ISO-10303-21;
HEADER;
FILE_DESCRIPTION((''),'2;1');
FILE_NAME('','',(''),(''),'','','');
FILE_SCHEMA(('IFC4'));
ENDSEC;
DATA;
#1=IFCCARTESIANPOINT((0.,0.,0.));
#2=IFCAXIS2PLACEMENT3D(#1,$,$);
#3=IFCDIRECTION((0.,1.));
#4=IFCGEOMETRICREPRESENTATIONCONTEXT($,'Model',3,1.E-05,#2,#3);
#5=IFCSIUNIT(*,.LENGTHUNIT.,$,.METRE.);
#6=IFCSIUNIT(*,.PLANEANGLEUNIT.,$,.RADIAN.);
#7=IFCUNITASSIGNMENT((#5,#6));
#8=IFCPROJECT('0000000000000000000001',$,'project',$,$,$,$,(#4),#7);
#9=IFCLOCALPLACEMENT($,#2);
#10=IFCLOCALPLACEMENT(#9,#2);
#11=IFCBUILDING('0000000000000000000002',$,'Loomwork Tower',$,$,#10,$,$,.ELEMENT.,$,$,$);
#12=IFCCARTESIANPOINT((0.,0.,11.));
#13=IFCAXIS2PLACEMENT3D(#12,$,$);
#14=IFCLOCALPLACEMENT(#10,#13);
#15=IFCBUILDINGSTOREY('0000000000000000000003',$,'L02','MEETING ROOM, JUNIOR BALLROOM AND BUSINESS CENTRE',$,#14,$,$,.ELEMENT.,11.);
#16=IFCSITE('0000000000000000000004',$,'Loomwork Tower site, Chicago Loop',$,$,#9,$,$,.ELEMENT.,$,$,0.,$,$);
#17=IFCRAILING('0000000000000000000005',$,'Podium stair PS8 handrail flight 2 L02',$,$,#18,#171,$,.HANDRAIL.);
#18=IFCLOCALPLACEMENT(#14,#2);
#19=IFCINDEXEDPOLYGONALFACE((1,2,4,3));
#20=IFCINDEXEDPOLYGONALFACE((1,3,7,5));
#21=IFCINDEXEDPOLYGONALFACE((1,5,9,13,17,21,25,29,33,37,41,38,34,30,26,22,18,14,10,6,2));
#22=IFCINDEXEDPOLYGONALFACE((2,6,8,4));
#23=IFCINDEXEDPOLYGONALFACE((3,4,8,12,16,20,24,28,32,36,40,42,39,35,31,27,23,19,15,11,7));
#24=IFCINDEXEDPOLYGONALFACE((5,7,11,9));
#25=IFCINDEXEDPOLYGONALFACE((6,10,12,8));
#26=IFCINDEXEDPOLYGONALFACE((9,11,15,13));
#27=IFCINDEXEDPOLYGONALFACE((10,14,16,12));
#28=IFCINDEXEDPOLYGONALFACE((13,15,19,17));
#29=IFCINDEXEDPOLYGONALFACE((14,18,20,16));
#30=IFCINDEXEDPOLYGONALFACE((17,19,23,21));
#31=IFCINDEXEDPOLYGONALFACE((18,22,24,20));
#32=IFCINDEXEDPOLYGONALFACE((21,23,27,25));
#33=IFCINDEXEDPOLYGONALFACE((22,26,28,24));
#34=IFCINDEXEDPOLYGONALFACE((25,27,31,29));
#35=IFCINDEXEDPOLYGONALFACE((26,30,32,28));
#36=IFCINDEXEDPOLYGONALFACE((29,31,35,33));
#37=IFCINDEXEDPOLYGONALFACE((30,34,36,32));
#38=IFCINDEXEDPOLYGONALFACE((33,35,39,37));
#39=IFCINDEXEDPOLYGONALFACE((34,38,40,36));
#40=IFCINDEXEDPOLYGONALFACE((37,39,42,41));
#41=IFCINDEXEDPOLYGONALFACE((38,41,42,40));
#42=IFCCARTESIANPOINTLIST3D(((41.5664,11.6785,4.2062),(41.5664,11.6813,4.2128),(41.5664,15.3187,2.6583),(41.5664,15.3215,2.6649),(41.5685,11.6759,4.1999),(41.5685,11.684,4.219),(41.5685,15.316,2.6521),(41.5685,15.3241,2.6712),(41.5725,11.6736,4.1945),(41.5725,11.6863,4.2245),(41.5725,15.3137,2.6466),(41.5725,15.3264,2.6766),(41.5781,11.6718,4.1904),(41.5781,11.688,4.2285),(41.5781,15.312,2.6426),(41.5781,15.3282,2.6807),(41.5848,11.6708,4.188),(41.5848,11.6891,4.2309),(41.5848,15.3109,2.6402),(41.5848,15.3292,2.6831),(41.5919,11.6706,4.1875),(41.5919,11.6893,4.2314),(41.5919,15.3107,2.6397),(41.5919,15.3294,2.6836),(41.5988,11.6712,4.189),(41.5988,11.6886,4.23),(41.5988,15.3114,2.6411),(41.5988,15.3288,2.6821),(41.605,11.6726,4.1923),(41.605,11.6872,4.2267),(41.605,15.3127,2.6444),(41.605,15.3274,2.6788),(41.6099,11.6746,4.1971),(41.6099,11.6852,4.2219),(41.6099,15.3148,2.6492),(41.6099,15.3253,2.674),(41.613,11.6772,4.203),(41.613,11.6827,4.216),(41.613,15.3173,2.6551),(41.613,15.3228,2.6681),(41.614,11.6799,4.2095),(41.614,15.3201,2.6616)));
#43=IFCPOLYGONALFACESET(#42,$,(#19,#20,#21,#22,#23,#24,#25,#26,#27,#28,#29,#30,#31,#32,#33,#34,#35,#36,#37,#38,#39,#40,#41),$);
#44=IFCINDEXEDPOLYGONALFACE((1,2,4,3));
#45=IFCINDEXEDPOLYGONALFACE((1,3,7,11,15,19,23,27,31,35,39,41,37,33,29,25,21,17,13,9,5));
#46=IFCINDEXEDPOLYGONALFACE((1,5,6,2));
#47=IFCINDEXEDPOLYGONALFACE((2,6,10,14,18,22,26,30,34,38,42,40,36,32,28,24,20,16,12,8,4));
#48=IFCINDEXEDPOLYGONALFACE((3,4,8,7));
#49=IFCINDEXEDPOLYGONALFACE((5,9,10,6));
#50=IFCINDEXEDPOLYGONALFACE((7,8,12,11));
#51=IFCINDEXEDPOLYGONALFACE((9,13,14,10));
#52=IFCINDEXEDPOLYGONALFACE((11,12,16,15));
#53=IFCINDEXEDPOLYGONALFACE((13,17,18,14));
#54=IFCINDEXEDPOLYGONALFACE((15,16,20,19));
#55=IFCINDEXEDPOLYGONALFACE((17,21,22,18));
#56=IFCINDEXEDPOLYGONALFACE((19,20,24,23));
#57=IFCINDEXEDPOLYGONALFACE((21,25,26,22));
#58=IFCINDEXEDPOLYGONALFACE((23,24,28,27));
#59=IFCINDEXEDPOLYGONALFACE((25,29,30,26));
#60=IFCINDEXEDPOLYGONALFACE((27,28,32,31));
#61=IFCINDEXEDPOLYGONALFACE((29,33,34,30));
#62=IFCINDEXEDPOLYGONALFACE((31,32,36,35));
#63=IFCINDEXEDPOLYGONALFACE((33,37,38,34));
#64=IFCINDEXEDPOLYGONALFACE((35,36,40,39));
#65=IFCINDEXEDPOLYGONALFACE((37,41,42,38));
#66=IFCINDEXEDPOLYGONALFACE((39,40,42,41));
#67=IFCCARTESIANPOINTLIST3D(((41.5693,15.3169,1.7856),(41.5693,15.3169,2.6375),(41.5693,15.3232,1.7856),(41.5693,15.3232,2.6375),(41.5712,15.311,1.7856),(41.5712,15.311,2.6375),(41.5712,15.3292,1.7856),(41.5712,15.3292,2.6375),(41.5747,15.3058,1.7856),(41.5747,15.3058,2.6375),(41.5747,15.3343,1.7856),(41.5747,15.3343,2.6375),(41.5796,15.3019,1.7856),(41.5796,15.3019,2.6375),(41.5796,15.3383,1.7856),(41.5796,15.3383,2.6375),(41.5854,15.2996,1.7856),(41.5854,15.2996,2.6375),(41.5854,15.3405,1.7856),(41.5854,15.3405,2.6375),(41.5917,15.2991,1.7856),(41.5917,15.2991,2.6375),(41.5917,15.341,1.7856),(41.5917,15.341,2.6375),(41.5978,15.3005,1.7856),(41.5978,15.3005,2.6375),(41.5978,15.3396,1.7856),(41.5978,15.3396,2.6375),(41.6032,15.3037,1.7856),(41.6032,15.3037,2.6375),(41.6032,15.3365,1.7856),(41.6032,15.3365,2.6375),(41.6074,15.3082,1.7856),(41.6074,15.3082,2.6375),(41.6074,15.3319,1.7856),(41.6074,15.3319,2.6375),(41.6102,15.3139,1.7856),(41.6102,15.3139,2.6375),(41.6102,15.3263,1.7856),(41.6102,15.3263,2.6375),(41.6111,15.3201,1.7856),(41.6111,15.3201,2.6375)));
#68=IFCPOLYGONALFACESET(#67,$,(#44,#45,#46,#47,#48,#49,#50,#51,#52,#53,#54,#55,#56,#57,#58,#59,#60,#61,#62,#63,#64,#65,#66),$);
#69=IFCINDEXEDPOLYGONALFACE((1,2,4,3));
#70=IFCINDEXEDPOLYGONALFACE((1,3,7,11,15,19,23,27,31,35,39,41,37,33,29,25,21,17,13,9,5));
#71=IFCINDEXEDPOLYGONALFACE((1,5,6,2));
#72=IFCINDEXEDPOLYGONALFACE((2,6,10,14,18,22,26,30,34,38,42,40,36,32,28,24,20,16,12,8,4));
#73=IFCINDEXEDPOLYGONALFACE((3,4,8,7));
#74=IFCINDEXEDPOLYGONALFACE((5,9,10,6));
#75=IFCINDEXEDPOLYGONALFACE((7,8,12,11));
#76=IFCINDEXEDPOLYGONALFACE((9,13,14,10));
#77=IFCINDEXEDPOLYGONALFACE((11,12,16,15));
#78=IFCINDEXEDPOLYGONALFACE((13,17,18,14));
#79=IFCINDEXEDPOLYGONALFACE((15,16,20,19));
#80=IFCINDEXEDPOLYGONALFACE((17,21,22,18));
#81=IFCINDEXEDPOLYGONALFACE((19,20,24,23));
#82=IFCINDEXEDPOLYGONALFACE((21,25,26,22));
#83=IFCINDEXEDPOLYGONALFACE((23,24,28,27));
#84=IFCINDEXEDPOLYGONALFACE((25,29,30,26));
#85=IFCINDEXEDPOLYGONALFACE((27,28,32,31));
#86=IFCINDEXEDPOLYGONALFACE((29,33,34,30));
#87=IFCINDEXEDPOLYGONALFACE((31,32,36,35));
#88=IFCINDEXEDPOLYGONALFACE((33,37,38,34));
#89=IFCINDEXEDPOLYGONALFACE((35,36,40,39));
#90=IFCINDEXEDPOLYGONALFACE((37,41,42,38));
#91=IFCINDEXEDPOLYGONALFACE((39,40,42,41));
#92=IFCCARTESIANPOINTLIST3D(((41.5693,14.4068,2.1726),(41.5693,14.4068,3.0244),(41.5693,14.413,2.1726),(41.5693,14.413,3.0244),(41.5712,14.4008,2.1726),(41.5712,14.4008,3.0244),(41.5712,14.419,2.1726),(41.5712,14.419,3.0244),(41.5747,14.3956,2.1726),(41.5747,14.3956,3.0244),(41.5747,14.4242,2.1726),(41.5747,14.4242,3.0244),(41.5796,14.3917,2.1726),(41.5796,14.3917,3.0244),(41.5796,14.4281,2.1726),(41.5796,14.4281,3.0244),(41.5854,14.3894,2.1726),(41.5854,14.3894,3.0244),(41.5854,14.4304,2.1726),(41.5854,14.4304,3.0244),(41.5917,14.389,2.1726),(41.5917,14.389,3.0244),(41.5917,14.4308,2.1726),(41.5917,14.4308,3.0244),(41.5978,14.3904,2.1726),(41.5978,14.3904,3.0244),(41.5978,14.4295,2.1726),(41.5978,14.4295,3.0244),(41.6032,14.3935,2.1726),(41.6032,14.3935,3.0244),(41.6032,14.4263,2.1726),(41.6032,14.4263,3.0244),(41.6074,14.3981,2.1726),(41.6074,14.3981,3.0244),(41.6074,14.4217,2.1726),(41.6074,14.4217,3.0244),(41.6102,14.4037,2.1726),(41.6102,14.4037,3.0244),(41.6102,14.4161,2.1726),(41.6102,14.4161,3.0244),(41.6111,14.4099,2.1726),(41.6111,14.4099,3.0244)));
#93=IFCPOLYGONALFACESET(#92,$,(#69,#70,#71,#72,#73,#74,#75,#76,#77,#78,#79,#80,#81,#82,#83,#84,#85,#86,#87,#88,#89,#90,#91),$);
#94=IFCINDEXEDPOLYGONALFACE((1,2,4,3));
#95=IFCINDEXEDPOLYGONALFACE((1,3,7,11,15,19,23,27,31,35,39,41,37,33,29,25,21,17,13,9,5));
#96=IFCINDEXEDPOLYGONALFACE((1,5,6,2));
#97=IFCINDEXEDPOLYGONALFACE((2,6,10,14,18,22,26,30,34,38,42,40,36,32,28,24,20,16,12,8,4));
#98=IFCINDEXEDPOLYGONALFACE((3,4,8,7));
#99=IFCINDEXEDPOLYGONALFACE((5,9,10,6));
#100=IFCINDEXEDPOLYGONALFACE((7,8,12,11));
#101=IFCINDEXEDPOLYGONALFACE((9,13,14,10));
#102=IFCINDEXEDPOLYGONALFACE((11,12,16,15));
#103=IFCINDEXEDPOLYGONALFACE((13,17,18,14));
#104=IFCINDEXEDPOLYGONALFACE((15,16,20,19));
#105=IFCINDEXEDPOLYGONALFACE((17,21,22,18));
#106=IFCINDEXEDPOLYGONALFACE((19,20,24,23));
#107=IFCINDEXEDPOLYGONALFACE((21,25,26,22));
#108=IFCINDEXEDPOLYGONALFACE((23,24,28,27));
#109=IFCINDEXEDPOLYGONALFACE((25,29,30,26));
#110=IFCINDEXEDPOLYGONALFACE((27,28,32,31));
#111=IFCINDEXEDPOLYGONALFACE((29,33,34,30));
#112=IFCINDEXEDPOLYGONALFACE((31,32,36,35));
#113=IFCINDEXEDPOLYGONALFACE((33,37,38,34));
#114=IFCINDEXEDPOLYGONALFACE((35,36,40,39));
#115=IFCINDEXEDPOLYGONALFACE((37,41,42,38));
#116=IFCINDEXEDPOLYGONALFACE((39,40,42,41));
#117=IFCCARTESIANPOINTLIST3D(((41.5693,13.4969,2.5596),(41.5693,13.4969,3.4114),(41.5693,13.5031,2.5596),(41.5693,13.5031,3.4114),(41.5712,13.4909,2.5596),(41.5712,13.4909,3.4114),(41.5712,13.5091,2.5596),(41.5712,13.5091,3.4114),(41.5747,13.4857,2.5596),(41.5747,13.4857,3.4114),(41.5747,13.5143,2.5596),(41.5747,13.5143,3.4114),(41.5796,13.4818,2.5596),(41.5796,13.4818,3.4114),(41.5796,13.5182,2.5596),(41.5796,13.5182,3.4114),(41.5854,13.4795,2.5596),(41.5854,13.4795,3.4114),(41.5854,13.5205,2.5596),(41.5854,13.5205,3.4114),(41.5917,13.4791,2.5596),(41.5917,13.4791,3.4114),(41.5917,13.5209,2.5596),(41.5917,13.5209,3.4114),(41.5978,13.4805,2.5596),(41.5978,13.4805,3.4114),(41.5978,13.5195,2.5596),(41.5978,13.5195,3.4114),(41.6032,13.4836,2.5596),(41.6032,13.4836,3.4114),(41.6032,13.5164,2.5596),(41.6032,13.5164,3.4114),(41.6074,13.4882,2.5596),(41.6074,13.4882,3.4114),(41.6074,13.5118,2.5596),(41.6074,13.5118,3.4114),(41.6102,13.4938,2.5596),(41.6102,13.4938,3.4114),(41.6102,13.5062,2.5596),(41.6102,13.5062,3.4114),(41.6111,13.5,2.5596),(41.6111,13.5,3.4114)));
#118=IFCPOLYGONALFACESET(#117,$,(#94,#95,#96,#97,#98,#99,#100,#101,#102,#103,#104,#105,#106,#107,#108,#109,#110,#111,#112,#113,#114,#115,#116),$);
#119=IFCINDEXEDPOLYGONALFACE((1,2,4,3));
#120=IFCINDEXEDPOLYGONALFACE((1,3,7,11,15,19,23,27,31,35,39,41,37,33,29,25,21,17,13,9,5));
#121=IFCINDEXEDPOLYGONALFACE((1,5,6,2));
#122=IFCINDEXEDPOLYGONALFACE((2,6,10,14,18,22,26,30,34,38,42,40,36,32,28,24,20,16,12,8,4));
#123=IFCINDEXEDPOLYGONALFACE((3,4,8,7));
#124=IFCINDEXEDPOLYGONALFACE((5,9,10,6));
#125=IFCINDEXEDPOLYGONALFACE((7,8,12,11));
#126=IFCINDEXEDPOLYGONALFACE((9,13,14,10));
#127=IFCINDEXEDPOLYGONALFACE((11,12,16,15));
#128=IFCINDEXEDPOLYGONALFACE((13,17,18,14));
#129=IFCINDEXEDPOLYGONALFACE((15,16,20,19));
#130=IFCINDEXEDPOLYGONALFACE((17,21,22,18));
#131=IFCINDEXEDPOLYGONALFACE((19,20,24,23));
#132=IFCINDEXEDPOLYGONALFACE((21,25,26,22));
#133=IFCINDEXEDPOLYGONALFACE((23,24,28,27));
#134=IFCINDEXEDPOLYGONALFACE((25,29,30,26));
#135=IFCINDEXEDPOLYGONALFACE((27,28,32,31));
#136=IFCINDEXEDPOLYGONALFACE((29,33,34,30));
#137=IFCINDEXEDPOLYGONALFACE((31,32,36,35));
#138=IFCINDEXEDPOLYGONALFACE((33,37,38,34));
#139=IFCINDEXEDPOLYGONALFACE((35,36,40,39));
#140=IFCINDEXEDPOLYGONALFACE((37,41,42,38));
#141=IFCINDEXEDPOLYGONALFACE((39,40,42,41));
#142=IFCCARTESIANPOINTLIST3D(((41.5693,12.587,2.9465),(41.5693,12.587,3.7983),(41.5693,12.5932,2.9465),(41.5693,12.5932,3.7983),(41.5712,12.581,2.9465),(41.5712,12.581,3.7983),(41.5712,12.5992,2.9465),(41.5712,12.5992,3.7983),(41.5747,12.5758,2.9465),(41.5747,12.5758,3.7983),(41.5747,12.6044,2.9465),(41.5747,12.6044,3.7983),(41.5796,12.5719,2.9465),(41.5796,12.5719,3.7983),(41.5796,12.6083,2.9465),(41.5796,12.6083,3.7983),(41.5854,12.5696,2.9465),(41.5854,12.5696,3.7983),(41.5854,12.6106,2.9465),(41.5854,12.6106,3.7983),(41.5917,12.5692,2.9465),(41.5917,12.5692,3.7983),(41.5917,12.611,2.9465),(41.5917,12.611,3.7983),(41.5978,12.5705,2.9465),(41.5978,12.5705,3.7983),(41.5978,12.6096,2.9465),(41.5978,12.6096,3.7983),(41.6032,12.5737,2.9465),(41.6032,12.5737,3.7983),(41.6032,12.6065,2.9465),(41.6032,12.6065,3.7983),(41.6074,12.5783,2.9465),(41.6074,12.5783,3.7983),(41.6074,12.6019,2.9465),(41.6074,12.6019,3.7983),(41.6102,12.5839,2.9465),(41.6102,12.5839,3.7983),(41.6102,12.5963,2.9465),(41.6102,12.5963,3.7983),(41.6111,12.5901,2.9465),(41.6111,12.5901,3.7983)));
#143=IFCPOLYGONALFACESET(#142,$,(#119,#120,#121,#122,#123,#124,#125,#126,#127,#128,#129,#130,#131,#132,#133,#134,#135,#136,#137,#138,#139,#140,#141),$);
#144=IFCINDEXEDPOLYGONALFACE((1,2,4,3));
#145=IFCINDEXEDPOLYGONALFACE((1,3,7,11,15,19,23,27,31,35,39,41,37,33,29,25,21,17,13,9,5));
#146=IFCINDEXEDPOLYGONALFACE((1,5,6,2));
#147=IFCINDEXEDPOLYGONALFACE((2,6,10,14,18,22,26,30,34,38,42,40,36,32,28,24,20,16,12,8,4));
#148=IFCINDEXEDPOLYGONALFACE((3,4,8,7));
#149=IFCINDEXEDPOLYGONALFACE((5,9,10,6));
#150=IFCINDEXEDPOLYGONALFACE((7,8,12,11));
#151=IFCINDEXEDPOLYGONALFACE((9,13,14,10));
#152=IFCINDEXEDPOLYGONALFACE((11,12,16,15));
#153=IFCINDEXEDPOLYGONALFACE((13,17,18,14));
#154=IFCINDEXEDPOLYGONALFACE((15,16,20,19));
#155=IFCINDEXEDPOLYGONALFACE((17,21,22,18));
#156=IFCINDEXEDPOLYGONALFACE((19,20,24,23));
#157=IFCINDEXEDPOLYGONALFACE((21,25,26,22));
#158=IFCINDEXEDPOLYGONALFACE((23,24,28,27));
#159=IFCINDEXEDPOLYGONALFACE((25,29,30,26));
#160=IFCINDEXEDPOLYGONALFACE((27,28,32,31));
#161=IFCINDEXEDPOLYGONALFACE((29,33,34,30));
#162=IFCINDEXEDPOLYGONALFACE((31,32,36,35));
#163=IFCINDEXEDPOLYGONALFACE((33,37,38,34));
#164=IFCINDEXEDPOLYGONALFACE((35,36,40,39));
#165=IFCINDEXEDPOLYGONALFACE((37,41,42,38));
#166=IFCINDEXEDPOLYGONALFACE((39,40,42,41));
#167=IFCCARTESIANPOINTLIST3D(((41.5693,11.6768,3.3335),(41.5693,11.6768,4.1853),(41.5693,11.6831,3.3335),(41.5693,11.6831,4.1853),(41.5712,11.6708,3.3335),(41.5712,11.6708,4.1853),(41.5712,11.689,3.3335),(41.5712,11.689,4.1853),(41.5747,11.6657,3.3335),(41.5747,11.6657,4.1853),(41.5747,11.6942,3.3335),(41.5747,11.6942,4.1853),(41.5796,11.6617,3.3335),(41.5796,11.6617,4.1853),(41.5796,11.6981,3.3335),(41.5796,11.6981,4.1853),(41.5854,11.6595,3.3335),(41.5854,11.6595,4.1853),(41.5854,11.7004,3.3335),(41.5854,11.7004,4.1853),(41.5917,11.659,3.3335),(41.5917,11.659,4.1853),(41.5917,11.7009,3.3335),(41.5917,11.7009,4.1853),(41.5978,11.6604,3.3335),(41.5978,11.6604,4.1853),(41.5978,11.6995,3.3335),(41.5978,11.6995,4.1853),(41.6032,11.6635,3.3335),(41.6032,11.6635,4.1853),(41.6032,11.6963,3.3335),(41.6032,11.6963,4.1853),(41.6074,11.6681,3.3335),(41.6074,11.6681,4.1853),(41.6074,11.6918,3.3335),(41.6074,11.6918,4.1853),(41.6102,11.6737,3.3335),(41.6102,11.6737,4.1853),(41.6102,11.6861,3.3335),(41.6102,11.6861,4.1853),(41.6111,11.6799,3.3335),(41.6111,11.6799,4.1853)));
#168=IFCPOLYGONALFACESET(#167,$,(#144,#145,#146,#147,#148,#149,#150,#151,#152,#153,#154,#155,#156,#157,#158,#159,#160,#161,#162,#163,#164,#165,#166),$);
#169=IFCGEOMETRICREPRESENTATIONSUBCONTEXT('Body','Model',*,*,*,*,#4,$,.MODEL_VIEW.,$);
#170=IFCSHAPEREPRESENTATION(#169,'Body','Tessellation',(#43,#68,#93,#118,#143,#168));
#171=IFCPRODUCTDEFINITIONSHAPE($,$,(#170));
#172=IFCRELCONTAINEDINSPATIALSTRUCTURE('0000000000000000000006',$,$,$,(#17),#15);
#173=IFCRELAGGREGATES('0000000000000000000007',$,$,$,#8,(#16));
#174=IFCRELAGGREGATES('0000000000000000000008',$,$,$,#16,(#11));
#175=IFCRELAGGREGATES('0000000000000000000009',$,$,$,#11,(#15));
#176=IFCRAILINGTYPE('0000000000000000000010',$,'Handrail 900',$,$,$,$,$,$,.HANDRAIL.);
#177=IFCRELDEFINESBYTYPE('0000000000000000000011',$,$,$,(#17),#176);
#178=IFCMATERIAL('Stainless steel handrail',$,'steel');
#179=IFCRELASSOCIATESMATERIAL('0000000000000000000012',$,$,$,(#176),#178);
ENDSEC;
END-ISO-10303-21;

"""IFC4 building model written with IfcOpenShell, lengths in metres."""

from ifc_helpers import new_model, si_unit, direction, frame, origin, origin_2d, place, context, subcontext, project, spatial, circle, extrude, material, type_object, element, save


model = new_model("IFC4")

# Units and contexts
model_context = context("Model", 3, precision=1e-05, world=origin(), true_north=direction((0.0, 1.0)))
body_context = subcontext(model_context, "Body", "Model", "MODEL_VIEW")
ifc_project = project(units=[si_unit("LENGTHUNIT", "METRE"), si_unit("PLANEANGLEUNIT", "RADIAN")], contexts=[model_context])

# Site, building, storey
site_placement = place(None, origin())
site = spatial("IfcSite", under=ifc_project, at=site_placement, Name="Loomwork Tower site, Chicago Loop", CompositionType="ELEMENT", RefElevation=0.0)
building_placement = place(site_placement, origin())
building = spatial("IfcBuilding", under=site, at=building_placement, Name="Loomwork Tower", CompositionType="ELEMENT")
storey_placement = place(building_placement, frame((0.0, 0.0, 11.0)))
storey = spatial("IfcBuildingStorey", under=building, at=storey_placement, Name="L02", Description="MEETING ROOM, JUNIOR BALLROOM AND BUSINESS CENTRE", CompositionType="ELEMENT", Elevation=11.0)

# Railing
ifc_material_1 = material(Name="Stainless steel handrail", Category="steel")
railing_type = type_object("IfcRailingType", Name="Handrail 900", PredefinedType="HANDRAIL", material=ifc_material_1)
railing_1_placement = place(storey_placement, frame((41.5901, 15.3201, 1.7856)))
element("IfcRailing", 1, at=railing_1_placement, inside=storey, type_object=railing_type, Name="Podium stair PS8 handrail flight 2 L02", PredefinedType="HANDRAIL", context=body_context, shape_type="SweptSolid", body=[
    extrude(circle(Radius=0.0239, at=origin_2d()), frame((0.0, 0.0, 0.876), z_axis=(0.0, -0.920259, 0.391311), x_axis=(1.0, 0.0, 0.0)), (0.0, 0.0, 1.0), 3.9556),
    extrude(circle(Radius=0.021, at=origin_2d()), origin(), (0.0, 0.0, 1.0), 0.8518),
    extrude(circle(Radius=0.021, at=origin_2d()), frame((0.0, -0.9102, 0.387)), (0.0, 0.0, 1.0), 0.8518),
    extrude(circle(Radius=0.021, at=origin_2d()), frame((0.0, -1.8201, 0.7739)), (0.0, 0.0, 1.0), 0.8518),
    extrude(circle(Radius=0.021, at=origin_2d()), frame((0.0, -2.73, 1.1609)), (0.0, 0.0, 1.0), 0.8518),
    extrude(circle(Radius=0.021, at=origin_2d()), frame((0.0, -3.6401, 1.5479)), (0.0, 0.0, 1.0), 0.8518),
])

save(model, "model.ifc")
